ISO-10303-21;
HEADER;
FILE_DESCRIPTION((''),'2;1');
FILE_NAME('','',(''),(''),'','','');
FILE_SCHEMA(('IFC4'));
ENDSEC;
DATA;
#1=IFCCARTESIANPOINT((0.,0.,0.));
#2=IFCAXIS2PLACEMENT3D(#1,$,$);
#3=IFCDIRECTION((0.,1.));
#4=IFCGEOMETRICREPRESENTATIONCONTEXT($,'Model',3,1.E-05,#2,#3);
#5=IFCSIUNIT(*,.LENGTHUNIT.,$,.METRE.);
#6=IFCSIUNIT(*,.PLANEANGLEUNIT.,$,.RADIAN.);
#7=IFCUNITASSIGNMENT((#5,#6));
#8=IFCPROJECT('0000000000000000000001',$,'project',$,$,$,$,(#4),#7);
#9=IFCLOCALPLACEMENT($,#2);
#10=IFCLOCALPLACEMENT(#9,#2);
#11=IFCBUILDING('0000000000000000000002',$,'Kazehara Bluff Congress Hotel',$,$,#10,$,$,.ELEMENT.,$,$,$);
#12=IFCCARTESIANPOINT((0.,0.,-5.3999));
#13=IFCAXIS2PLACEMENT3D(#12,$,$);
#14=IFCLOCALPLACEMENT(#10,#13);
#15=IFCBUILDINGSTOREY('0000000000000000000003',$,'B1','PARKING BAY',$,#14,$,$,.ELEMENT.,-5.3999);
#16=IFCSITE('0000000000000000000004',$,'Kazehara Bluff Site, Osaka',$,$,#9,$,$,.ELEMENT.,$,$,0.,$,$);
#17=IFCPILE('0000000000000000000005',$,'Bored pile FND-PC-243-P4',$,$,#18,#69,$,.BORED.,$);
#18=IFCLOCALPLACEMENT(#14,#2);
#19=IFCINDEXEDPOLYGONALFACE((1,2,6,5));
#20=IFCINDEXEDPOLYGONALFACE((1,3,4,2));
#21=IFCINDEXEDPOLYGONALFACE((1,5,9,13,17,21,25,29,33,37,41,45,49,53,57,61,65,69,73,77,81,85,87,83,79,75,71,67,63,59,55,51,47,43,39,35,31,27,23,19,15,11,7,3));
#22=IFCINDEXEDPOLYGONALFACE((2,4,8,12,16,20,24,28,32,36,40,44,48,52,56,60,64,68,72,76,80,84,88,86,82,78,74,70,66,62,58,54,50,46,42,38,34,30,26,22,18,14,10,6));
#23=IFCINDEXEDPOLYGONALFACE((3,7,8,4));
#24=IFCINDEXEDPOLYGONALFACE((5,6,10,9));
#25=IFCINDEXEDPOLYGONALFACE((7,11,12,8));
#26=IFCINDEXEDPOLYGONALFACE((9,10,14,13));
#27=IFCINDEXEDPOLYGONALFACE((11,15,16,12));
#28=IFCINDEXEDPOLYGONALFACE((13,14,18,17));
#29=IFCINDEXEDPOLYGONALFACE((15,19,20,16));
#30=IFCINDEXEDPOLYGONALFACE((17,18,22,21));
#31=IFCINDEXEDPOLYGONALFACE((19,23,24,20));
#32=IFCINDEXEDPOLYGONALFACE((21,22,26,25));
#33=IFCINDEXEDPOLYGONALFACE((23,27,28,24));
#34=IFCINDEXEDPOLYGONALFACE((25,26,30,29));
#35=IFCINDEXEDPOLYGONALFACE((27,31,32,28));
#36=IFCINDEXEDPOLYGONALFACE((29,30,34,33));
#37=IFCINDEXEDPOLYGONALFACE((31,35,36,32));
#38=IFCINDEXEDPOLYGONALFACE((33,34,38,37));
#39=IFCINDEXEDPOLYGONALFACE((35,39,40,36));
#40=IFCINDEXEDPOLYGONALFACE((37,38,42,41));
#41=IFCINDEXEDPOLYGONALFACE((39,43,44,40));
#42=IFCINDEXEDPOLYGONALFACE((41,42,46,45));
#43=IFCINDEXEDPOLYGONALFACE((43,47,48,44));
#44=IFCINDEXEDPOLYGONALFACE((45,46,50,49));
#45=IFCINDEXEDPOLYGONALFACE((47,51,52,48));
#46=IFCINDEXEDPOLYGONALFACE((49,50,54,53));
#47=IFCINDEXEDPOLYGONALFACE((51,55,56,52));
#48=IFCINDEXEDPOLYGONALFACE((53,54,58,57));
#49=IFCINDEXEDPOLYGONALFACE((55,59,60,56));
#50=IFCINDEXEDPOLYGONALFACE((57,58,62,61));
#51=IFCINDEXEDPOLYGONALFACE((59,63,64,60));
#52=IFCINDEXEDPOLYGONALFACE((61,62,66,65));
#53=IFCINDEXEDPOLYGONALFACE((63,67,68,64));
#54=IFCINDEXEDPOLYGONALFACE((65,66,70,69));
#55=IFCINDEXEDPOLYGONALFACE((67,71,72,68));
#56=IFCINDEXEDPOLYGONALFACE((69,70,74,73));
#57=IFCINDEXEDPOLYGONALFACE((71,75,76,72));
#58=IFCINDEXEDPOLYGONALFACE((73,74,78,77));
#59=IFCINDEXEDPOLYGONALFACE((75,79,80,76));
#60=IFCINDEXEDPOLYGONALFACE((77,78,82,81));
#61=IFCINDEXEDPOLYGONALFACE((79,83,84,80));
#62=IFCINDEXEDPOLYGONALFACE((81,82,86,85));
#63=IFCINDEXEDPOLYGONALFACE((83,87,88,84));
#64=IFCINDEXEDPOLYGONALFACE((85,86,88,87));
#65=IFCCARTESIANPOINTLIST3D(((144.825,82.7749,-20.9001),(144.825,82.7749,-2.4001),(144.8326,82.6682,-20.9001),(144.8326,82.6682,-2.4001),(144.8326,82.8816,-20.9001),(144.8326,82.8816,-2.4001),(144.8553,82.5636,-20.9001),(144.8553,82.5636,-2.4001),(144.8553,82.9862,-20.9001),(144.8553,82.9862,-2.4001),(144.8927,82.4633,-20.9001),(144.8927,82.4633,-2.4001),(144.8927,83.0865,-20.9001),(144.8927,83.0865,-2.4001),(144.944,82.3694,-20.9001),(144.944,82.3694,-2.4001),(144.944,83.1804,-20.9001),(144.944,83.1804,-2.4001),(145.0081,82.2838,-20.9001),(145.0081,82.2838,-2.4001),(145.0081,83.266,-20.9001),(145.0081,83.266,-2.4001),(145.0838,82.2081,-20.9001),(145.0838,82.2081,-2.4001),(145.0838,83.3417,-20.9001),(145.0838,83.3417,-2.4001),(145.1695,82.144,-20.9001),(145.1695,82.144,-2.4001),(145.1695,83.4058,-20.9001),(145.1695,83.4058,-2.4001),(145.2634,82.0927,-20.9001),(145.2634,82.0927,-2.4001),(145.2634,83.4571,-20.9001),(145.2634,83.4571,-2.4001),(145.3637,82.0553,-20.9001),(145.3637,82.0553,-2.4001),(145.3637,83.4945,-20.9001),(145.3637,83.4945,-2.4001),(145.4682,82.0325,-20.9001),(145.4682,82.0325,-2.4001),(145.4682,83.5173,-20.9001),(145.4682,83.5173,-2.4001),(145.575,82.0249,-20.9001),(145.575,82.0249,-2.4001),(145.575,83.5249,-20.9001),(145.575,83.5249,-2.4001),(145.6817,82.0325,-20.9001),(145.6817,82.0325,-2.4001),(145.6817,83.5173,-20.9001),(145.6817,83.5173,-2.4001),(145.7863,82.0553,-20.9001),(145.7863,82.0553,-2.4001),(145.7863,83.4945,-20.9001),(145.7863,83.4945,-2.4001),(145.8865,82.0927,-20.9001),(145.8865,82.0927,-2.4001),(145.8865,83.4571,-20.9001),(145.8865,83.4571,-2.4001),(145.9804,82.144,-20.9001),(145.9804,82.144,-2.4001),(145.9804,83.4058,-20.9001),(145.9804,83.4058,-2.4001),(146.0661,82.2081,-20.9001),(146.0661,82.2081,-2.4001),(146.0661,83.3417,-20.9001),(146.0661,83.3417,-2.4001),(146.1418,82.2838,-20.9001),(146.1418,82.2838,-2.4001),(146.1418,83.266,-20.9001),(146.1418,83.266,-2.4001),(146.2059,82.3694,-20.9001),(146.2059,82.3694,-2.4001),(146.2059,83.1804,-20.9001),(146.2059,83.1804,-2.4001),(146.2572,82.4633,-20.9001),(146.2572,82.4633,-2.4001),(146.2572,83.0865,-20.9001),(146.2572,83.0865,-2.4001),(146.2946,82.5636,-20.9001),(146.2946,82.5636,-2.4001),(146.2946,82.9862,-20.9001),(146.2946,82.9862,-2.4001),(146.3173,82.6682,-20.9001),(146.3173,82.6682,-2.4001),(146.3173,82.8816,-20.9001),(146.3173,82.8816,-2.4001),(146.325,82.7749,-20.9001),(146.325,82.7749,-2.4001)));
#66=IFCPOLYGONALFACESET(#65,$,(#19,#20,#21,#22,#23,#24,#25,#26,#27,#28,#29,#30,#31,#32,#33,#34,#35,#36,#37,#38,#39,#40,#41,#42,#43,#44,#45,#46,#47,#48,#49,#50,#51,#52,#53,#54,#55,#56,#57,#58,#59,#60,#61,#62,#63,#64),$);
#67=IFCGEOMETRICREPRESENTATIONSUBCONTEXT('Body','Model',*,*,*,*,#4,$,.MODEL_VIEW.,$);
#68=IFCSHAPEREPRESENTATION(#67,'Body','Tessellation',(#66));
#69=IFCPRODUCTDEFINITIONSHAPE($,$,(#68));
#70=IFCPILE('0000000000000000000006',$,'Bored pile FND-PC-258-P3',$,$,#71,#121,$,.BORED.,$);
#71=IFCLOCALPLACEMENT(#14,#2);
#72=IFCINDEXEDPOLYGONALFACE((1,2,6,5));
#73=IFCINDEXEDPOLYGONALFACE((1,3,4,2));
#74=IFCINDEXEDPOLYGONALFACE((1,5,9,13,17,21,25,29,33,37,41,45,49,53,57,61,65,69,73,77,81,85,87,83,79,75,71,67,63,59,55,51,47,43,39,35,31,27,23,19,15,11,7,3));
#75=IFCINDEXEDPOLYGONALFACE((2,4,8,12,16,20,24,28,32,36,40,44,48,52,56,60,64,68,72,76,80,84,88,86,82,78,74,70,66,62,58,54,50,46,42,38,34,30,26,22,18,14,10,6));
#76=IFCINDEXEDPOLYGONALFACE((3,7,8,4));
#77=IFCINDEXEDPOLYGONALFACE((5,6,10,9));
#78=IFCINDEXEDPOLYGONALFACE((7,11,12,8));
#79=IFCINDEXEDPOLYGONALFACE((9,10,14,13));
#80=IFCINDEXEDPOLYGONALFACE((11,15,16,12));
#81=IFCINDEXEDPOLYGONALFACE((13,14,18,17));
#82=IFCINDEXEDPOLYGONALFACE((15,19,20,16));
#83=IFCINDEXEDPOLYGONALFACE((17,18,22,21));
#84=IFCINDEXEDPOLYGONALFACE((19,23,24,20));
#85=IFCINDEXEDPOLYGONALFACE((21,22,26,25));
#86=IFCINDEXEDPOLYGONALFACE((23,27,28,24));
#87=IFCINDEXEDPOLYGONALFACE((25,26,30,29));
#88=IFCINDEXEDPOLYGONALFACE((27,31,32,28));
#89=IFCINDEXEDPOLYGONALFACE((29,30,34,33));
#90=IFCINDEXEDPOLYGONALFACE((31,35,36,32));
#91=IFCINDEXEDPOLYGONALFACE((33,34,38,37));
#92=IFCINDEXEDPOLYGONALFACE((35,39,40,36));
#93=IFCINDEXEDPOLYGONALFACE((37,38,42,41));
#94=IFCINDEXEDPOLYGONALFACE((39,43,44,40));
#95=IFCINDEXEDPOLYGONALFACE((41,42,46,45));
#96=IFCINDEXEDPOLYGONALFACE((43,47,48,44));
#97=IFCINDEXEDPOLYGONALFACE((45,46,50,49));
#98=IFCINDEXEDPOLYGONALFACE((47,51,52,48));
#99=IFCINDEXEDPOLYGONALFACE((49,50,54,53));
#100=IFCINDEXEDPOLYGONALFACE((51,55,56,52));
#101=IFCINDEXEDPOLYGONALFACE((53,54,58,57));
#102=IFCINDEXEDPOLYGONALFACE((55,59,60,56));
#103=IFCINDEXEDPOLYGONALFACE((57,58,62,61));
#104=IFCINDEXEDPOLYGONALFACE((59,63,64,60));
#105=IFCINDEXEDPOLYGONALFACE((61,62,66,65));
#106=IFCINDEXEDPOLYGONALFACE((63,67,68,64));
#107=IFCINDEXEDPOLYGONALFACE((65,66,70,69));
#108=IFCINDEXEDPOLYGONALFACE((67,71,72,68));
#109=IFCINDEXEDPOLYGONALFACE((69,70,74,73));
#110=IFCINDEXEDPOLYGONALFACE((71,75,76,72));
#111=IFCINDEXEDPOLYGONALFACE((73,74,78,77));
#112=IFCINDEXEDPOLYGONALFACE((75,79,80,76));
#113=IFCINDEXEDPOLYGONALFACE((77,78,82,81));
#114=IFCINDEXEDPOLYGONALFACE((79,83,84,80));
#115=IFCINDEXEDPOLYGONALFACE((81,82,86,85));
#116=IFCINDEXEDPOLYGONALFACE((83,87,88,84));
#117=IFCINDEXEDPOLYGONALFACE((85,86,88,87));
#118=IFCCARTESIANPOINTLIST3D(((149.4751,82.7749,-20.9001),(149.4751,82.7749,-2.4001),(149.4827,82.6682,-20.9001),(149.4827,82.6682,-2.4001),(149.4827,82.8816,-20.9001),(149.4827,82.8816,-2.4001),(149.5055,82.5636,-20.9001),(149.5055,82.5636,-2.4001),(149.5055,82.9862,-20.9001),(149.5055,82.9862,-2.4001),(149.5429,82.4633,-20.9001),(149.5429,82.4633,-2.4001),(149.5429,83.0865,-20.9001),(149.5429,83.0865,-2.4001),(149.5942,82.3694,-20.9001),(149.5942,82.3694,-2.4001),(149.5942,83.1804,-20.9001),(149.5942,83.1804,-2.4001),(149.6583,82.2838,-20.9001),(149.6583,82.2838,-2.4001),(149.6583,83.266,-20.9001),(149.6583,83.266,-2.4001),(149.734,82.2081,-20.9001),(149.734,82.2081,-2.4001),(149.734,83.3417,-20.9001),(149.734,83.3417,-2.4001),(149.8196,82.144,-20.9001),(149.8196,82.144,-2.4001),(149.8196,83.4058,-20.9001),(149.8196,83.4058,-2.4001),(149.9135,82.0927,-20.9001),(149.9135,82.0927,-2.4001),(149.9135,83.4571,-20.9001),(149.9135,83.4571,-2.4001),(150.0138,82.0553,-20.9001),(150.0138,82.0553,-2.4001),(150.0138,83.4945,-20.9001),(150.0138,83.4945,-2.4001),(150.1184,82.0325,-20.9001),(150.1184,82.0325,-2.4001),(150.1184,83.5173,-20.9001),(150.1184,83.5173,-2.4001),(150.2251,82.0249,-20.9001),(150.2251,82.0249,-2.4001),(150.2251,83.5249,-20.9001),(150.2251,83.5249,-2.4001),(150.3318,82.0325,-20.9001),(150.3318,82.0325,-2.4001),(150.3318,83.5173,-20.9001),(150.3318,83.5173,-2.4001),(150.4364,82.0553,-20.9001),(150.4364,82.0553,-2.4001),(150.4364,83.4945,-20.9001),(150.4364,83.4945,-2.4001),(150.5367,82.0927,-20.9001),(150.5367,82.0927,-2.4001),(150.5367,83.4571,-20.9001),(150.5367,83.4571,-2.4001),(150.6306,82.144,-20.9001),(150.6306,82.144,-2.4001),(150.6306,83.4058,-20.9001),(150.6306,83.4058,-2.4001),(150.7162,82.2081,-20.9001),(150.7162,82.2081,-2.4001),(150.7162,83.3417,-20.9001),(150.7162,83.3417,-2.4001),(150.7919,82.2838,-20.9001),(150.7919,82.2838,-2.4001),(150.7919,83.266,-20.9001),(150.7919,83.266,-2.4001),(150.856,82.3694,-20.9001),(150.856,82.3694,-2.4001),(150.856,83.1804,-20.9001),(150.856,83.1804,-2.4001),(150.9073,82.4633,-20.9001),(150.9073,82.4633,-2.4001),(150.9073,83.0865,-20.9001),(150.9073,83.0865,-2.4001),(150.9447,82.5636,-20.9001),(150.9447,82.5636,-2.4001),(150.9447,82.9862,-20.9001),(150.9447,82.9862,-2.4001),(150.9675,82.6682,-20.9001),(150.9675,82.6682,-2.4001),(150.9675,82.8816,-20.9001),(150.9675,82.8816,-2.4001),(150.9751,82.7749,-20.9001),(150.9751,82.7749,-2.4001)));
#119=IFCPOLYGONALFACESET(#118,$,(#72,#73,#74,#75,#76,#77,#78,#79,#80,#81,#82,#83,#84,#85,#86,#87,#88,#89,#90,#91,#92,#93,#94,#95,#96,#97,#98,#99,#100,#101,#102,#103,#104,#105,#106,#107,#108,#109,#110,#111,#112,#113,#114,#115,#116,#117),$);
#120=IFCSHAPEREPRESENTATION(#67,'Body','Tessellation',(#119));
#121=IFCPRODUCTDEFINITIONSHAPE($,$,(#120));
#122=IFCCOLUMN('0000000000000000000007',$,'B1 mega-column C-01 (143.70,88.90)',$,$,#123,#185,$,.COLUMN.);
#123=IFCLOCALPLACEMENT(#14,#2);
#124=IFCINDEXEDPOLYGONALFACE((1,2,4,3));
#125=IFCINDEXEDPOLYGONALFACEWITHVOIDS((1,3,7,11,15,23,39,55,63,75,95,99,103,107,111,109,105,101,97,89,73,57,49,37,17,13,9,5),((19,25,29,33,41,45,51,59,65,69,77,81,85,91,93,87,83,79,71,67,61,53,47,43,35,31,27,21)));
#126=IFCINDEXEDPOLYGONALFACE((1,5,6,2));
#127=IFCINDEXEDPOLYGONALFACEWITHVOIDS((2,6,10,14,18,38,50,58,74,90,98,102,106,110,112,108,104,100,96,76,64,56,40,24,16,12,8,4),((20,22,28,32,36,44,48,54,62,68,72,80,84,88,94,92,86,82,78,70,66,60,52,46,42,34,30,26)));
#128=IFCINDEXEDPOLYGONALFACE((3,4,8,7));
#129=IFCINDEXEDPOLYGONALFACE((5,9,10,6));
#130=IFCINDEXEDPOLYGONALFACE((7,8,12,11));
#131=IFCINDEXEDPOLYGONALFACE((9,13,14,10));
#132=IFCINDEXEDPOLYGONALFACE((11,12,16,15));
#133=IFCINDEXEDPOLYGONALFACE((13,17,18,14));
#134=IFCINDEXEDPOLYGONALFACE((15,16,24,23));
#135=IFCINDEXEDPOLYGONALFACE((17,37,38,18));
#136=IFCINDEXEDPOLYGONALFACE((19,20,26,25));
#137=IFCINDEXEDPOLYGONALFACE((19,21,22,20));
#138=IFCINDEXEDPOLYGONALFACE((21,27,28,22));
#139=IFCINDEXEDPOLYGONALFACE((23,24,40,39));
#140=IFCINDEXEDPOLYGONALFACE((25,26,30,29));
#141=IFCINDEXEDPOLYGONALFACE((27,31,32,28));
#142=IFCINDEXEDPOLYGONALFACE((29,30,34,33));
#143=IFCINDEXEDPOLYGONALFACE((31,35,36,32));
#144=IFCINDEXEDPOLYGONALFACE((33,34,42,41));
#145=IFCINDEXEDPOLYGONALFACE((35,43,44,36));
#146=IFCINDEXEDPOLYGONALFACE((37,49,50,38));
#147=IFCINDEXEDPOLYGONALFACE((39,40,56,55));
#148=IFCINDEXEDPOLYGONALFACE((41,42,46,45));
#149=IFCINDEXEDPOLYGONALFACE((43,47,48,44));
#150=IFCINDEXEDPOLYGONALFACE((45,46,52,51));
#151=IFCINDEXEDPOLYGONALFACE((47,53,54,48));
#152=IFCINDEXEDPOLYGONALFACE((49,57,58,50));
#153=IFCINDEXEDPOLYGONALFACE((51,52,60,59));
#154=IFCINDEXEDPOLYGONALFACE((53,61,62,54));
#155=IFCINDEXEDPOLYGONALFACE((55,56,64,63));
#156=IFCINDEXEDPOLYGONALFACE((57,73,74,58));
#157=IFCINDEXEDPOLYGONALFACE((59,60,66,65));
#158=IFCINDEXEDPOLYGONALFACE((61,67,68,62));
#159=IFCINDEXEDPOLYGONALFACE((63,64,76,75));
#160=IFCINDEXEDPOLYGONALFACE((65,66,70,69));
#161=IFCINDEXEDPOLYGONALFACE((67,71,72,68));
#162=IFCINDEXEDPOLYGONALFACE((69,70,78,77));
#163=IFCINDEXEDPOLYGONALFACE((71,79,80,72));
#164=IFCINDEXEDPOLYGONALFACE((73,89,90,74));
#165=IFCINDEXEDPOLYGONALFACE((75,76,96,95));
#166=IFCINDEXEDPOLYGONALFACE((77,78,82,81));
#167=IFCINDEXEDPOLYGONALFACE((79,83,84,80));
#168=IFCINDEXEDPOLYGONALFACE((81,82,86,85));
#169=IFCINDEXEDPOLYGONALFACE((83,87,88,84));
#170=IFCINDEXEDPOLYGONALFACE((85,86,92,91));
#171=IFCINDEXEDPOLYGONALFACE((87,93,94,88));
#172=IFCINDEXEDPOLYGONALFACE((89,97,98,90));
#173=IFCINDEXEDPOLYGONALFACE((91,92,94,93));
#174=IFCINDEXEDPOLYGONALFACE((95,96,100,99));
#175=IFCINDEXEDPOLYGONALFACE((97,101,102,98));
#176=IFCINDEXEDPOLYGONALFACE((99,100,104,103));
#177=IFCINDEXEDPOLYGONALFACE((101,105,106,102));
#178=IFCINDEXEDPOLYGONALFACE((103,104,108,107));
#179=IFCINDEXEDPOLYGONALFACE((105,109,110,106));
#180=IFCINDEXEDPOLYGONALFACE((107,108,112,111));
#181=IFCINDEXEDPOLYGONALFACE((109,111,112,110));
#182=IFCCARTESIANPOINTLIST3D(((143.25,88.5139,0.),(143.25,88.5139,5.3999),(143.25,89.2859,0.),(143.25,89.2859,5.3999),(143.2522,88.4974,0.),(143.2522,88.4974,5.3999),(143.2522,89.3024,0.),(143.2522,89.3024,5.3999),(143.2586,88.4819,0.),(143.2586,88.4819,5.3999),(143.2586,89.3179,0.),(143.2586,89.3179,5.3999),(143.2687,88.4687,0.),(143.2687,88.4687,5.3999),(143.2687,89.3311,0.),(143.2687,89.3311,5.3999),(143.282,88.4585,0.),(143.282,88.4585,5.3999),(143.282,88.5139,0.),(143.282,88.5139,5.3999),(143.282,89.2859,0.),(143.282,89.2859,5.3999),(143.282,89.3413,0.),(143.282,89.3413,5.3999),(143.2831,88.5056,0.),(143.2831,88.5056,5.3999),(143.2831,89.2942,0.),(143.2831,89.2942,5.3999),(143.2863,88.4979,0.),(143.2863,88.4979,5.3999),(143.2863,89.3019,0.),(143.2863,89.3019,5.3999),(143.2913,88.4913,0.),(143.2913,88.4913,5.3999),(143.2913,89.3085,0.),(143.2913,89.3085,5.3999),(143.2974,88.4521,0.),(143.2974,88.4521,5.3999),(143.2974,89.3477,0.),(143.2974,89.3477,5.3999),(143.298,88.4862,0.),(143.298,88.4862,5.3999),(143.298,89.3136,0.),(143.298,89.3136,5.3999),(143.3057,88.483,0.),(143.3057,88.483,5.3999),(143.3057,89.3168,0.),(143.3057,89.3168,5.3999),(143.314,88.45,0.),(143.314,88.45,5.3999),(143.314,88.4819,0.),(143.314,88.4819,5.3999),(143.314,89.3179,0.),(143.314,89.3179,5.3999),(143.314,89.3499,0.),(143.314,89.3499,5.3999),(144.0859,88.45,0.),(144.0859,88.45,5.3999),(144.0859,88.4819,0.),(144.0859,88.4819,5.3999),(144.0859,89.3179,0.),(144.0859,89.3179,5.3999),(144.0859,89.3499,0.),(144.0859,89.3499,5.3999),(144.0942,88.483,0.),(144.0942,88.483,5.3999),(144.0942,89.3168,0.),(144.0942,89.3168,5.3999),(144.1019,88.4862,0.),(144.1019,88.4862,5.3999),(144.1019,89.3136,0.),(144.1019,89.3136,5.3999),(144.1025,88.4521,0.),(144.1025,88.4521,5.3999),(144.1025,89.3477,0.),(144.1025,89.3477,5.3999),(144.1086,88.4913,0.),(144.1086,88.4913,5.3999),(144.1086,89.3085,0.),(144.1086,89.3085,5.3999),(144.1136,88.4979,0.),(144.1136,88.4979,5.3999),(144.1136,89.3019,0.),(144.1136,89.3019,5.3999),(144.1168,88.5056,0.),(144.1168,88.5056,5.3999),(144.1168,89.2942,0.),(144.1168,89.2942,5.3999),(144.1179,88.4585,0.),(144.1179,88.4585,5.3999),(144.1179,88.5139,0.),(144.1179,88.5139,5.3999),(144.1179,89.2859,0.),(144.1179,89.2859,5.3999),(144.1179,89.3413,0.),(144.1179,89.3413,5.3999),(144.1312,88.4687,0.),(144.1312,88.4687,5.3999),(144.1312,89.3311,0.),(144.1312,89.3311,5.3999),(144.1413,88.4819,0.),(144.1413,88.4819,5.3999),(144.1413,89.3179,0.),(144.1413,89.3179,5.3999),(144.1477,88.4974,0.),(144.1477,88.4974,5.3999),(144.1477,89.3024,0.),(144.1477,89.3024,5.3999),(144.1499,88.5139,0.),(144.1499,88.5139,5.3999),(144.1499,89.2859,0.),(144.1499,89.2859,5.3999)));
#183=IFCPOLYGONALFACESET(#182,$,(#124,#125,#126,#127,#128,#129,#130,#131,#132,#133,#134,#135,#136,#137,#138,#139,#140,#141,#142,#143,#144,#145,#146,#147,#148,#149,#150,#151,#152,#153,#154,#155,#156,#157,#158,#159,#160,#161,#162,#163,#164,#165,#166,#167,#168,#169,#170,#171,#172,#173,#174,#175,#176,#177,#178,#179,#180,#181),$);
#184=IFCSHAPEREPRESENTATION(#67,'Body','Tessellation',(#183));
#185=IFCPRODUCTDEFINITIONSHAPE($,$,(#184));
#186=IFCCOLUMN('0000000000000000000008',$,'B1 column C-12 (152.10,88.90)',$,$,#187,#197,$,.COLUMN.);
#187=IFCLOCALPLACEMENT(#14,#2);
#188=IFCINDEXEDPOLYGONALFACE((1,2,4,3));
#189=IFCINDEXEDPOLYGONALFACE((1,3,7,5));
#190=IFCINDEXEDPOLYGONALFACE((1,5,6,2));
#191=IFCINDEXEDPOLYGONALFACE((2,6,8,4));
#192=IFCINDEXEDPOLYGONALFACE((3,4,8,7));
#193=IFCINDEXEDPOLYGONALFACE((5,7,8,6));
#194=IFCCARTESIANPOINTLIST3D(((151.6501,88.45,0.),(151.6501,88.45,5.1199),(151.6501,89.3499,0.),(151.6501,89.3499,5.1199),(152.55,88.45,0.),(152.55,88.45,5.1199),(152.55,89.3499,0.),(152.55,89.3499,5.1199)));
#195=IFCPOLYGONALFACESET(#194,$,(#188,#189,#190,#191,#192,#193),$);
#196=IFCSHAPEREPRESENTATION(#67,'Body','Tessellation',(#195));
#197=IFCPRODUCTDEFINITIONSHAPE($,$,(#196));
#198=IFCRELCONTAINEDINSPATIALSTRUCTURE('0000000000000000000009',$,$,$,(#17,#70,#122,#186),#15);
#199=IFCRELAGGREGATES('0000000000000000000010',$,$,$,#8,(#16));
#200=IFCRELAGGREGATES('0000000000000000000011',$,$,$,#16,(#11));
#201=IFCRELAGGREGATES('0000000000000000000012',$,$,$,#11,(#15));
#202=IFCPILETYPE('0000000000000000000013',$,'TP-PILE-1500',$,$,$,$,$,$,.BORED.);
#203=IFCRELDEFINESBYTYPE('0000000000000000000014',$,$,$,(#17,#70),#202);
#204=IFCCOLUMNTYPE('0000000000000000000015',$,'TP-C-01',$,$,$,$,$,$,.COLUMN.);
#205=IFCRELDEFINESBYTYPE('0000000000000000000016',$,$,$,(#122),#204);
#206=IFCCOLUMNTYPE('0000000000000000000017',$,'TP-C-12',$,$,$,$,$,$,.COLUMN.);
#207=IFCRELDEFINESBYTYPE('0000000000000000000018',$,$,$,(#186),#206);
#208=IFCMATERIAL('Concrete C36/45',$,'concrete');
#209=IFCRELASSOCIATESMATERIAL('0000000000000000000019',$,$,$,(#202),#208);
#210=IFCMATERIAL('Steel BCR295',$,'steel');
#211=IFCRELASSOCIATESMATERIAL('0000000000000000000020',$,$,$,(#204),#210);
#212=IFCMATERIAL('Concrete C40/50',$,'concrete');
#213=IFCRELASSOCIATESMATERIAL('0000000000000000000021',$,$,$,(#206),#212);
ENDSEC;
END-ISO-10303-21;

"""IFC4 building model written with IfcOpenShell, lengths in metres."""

from ifc_helpers import new_model, si_unit, direction, frame, origin, origin_2d, place, context, subcontext, project, spatial, rectangle, hollow_rectangle, circle, extrude, material, material_profile, profile_set, type_object, element, save


model = new_model("IFC4")

# Units and contexts
model_context = context("Model", 3, precision=1e-05, world=origin(), true_north=direction((0.0, 1.0)))
body_context = subcontext(model_context, "Body", "Model", "MODEL_VIEW")
ifc_project = project(units=[si_unit("LENGTHUNIT", "METRE"), si_unit("PLANEANGLEUNIT", "RADIAN")], contexts=[model_context])

# Site, building, storey
site_placement = place(None, origin())
site = spatial("IfcSite", under=ifc_project, at=site_placement, Name="Kazehara Bluff Site, Osaka", CompositionType="ELEMENT", RefElevation=0.0)
building_placement = place(site_placement, origin())
building = spatial("IfcBuilding", under=site, at=building_placement, Name="Kazehara Bluff Congress Hotel", CompositionType="ELEMENT")
storey_placement = place(building_placement, frame((0.0, 0.0, -5.3999)))
storey = spatial("IfcBuildingStorey", under=building, at=storey_placement, Name="B1", Description="PARKING BAY", CompositionType="ELEMENT", Elevation=-5.3999)

# Piles
ifc_material_1 = material(Name="Concrete C36/45", Category="concrete")
ifc_material_profile_1 = material_profile(ifc_material_1, circle(Radius=0.75, at=origin_2d()))
ifc_profile_set_1 = profile_set([ifc_material_profile_1], Name="Concrete C36/45")
pile_type_1 = type_object("IfcPileType", Name="TP-PILE-1500", PredefinedType="BORED", material=ifc_profile_set_1)
for number, where, z_axis, x_axis, name in (
    (1, (145.575, 82.7749, -2.4001), (0.0, 0.0, -1.0), (1.0, 0.0, 0.0), "Bored pile FND-PC-243-P4"),
    (2, (150.2251, 82.7749, -2.4001), (0.0, 0.0, -1.0), (1.0, 0.0, 0.0), "Bored pile FND-PC-258-P3"),
):
    element("IfcPile", number, at=place(storey_placement, frame(where, z_axis=z_axis, x_axis=x_axis)), inside=storey, type_object=pile_type_1, Name=name, PredefinedType="BORED", context=body_context, shape_type="SweptSolid", body=[
        extrude(circle(Radius=0.75, at=origin_2d()), origin(), (0.0, 0.0, 1.0), 18.5),
    ])

# Columns
ifc_material_2 = material(Name="Steel BCR295", Category="steel")
ifc_material_profile_2 = material_profile(ifc_material_2, hollow_rectangle(XDim=0.8999, YDim=0.8999, WallThickness=0.032, InnerFilletRadius=0.032, OuterFilletRadius=0.064, at=origin_2d()))
ifc_profile_set_2 = profile_set([ifc_material_profile_2], Name="Steel BCR295")
column_type_1 = type_object("IfcColumnType", Name="TP-C-01", PredefinedType="COLUMN", material=ifc_profile_set_2)
column_1_placement = place(storey_placement, frame((143.7, 88.8999, 0.0), z_axis=(0.0, 0.0, 1.0), x_axis=(1.0, 0.0, 0.0)))
element("IfcColumn", 3, at=column_1_placement, inside=storey, type_object=column_type_1, Name="B1 mega-column C-01 (143.70,88.90)", PredefinedType="COLUMN", context=body_context, shape_type="SweptSolid", body=[
    extrude(hollow_rectangle(XDim=0.8999, YDim=0.8999, WallThickness=0.032, InnerFilletRadius=0.032, OuterFilletRadius=0.064, at=origin_2d()), origin(), (0.0, 0.0, 1.0), 5.3999),
])
ifc_material_3 = material(Name="Concrete C40/50", Category="concrete")
ifc_material_profile_3 = material_profile(ifc_material_3, rectangle(XDim=0.8999, YDim=0.8999, at=origin_2d()))
ifc_profile_set_3 = profile_set([ifc_material_profile_3], Name="Concrete C40/50")
column_type_2 = type_object("IfcColumnType", Name="TP-C-12", PredefinedType="COLUMN", material=ifc_profile_set_3)
column_2_placement = place(storey_placement, frame((152.1001, 88.8999, 0.0), z_axis=(0.0, 0.0, 1.0), x_axis=(1.0, 0.0, 0.0)))
element("IfcColumn", 4, at=column_2_placement, inside=storey, type_object=column_type_2, Name="B1 column C-12 (152.10,88.90)", PredefinedType="COLUMN", context=body_context, shape_type="SweptSolid", body=[
    extrude(rectangle(XDim=0.8999, YDim=0.8999, at=origin_2d()), origin(), (0.0, 0.0, 1.0), 5.1199),
])

save(model, "model.ifc")
